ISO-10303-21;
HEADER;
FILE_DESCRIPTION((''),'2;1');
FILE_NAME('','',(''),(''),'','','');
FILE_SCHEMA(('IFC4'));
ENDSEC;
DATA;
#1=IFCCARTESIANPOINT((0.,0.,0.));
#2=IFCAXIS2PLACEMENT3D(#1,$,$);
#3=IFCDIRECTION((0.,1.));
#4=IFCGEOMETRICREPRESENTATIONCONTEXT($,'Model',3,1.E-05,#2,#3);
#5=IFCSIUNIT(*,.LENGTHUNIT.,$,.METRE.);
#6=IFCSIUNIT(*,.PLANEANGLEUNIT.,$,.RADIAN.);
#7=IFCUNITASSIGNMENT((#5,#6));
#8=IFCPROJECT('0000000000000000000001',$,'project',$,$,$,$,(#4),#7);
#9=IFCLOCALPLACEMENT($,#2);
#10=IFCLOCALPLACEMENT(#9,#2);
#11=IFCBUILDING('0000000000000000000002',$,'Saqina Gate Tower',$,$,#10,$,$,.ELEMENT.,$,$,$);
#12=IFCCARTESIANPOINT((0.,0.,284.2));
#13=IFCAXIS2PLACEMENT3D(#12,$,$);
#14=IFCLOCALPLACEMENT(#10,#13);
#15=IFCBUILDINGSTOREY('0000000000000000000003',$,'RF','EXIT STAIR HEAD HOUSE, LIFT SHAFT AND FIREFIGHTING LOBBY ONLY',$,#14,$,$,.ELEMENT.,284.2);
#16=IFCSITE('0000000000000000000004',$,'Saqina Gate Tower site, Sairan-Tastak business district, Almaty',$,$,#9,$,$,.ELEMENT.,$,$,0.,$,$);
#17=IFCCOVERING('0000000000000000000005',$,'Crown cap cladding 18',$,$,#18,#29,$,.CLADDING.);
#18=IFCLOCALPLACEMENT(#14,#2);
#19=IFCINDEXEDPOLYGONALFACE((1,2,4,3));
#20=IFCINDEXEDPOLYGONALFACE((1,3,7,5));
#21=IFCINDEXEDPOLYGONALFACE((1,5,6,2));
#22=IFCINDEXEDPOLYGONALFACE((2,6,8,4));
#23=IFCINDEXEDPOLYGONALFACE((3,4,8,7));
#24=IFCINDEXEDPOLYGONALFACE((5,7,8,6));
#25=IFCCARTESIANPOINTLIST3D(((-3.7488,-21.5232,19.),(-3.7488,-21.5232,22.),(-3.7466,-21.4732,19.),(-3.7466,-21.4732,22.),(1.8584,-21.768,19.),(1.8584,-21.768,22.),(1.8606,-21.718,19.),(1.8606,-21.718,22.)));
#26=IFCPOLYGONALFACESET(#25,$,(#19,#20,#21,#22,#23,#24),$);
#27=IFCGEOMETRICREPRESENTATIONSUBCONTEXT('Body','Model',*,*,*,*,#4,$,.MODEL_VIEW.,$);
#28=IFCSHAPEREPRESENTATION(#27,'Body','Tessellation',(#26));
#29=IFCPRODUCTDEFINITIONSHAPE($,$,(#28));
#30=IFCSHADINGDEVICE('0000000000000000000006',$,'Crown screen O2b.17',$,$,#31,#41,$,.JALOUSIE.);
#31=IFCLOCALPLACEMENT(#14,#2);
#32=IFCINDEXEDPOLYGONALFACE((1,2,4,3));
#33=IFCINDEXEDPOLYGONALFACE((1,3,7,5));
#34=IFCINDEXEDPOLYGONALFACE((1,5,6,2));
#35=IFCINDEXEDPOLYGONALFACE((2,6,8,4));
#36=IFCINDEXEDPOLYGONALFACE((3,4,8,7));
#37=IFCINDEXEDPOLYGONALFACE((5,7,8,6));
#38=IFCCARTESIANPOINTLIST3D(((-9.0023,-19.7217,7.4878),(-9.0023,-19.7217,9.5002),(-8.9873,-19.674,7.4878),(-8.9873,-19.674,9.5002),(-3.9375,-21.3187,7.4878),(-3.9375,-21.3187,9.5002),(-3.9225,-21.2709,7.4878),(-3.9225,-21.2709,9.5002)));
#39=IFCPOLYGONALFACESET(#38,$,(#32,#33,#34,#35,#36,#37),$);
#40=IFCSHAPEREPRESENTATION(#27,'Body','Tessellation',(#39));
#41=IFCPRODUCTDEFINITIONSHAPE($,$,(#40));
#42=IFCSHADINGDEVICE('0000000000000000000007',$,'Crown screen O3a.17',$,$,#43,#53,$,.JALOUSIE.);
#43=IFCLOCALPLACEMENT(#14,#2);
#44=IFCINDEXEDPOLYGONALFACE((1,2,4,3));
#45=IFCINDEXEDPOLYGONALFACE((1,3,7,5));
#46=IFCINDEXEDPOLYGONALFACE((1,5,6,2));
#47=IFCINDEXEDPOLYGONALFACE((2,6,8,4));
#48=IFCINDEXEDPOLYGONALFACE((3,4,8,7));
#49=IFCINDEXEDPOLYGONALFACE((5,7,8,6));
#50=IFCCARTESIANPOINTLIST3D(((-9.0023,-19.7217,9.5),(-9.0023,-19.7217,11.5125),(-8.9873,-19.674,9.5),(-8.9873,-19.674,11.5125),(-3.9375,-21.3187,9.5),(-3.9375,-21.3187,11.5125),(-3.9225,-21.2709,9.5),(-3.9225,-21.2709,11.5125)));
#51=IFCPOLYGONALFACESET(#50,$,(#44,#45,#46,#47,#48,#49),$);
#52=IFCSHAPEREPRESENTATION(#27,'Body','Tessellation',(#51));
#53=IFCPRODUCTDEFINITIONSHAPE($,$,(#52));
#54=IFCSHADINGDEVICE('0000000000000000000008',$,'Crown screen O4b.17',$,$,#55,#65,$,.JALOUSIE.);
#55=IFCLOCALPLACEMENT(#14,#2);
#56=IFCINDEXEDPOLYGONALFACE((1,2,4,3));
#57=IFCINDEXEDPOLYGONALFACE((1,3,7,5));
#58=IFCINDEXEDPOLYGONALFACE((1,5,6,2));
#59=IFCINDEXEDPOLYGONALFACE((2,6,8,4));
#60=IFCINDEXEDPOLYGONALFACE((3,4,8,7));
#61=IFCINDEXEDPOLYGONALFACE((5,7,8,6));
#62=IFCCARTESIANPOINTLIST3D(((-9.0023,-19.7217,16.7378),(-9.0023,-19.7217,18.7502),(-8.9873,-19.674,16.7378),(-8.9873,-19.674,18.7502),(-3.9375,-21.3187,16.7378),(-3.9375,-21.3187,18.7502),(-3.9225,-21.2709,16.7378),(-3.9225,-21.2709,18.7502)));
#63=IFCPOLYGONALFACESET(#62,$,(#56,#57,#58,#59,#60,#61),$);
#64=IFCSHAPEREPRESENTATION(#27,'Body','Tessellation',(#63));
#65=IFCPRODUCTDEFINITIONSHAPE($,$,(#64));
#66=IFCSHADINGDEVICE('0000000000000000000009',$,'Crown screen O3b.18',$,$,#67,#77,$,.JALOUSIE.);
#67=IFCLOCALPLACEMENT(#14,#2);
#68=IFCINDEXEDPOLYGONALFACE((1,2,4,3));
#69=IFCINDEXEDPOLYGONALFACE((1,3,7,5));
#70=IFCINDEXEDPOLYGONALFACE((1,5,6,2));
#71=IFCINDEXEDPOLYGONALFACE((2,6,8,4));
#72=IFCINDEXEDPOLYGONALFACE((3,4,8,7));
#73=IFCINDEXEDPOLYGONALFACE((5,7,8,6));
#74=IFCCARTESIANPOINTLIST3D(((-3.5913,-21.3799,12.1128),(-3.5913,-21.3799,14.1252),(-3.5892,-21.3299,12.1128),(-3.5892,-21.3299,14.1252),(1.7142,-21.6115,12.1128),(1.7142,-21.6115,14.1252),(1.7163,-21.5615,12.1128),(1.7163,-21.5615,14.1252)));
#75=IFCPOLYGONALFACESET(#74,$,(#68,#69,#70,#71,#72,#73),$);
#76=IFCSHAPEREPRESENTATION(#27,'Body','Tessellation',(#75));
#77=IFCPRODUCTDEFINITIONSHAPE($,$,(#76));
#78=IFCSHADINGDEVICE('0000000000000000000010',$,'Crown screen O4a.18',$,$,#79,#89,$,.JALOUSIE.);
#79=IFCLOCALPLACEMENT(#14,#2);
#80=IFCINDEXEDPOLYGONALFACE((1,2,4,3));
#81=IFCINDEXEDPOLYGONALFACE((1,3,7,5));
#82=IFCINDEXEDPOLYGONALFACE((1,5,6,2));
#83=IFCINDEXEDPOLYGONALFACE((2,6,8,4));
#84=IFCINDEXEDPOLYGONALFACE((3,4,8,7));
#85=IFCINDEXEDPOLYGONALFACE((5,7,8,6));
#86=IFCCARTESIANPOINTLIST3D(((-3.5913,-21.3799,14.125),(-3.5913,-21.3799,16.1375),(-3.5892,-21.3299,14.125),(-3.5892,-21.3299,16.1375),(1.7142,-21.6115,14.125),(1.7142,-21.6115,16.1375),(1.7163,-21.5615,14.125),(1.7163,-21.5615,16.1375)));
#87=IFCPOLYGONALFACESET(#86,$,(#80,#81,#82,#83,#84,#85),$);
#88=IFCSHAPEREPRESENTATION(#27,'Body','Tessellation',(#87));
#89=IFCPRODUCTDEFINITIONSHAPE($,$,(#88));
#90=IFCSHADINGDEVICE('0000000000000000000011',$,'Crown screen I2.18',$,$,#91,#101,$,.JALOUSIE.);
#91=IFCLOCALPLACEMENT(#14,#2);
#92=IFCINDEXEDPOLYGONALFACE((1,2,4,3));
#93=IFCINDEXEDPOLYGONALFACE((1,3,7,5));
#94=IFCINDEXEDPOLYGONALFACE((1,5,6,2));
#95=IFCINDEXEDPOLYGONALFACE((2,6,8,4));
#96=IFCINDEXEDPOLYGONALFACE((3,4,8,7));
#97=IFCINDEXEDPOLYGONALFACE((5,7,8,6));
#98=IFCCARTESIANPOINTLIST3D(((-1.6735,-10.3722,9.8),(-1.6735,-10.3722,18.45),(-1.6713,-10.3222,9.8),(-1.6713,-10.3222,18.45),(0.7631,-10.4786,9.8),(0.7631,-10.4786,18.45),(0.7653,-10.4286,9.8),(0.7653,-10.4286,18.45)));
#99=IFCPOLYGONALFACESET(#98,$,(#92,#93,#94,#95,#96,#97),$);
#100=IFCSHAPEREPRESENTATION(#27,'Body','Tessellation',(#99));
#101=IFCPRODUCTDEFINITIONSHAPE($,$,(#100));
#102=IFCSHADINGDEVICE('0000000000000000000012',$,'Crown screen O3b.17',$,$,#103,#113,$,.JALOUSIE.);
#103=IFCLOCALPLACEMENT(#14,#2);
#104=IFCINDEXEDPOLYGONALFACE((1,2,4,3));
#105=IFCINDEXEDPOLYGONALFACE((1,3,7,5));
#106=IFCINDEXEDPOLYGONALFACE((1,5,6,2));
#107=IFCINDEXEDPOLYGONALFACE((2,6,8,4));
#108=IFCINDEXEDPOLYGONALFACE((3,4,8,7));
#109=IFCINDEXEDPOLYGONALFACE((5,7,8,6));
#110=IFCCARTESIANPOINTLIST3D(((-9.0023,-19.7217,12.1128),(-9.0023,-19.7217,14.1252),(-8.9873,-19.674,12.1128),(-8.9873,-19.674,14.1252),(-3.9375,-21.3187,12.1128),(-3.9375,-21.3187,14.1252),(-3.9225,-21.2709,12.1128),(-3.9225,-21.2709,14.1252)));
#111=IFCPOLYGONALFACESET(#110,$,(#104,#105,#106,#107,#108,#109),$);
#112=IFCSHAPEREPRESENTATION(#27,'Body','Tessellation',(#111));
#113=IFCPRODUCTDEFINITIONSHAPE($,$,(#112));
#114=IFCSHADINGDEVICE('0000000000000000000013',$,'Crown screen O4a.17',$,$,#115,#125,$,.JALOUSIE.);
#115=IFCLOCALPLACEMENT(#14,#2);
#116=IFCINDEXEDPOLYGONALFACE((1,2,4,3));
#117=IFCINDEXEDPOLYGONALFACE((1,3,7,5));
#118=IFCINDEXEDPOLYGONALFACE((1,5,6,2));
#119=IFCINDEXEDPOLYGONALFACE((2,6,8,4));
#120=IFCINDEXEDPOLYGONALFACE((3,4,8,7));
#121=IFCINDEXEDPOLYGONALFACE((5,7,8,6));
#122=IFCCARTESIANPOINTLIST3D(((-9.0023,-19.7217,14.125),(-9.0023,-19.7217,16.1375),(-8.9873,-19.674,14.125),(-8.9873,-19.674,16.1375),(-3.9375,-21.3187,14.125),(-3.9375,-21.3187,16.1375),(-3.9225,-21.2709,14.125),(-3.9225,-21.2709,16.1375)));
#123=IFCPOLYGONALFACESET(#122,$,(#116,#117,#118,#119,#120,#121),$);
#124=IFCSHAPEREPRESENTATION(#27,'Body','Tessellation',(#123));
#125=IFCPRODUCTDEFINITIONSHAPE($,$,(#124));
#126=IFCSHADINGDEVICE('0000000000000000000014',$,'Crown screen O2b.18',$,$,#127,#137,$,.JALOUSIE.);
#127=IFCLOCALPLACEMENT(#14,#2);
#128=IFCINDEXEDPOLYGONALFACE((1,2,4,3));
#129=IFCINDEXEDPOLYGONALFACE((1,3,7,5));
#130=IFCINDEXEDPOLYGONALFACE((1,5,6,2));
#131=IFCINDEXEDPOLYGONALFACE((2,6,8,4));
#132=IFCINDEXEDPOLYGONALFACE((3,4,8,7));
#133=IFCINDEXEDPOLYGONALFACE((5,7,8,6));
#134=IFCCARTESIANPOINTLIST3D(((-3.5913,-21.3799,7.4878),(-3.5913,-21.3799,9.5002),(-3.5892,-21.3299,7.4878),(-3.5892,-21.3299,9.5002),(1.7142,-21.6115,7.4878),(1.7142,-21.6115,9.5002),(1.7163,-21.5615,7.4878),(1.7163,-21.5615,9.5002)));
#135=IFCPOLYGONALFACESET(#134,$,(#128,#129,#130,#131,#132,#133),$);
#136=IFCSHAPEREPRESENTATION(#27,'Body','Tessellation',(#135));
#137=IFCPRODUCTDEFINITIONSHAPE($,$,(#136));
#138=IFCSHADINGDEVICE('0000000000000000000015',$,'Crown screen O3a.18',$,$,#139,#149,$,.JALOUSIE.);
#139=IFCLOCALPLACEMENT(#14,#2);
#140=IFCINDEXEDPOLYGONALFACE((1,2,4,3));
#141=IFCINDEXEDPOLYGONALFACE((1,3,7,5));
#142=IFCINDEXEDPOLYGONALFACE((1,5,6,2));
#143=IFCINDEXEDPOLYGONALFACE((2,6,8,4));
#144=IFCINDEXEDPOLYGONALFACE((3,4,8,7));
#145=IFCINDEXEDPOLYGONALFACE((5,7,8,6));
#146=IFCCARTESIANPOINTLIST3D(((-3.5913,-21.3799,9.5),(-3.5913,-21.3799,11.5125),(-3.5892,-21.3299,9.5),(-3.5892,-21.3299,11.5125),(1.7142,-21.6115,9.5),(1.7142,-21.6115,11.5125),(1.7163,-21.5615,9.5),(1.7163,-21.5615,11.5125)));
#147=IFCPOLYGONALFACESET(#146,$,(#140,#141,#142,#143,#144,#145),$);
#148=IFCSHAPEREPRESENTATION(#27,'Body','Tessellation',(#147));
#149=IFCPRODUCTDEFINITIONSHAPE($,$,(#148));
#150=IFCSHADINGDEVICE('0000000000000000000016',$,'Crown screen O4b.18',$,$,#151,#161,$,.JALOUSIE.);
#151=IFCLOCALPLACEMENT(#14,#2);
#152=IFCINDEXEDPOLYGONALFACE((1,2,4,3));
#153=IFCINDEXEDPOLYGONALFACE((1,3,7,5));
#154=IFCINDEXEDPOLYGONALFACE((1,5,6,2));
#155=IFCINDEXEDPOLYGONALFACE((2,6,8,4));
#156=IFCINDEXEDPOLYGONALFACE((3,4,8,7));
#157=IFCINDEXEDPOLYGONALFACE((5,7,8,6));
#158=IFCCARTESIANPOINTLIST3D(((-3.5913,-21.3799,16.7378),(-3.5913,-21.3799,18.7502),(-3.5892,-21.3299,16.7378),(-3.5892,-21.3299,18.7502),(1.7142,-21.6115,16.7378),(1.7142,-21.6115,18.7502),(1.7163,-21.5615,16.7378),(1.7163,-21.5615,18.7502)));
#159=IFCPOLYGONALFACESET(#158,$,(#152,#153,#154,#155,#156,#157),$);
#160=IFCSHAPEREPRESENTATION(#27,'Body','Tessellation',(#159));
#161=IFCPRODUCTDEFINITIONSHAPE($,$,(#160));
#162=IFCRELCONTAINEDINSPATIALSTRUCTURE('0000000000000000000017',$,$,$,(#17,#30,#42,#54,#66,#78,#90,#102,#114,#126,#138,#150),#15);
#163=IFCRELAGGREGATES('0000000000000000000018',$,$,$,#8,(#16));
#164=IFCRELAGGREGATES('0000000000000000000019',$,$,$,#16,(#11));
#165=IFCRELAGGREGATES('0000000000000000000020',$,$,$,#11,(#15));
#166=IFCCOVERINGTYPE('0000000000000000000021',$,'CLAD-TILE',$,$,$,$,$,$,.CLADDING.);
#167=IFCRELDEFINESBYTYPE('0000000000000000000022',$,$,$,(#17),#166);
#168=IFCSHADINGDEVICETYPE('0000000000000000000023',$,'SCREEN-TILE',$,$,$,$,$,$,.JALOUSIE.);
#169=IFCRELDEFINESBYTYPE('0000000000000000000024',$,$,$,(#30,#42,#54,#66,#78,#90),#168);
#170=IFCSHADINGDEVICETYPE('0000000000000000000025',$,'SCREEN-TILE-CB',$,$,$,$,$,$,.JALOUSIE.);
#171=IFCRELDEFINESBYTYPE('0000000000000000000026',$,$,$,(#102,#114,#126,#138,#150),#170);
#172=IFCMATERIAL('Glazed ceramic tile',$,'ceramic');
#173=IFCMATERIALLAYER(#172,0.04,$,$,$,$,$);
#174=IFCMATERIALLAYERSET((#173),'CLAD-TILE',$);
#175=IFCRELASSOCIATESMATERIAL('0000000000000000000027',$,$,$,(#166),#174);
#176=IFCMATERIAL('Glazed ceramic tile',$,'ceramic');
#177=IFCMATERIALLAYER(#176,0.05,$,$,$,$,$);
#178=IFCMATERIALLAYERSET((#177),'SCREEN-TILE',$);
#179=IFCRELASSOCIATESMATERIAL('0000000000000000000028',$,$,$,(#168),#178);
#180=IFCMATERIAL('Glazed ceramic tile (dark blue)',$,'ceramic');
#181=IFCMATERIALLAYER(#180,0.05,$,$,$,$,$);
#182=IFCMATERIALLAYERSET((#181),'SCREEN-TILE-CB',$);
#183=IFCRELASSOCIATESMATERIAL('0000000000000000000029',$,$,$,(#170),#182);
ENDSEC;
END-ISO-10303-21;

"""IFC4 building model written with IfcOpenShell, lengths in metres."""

from ifc_helpers import new_model, si_unit, direction, frame, origin, origin_2d, place, context, subcontext, project, spatial, rectangle, extrude, material, layer, layer_set, type_object, element, save


model = new_model("IFC4")

# Units and contexts
model_context = context("Model", 3, precision=1e-05, world=origin(), true_north=direction((0.0, 1.0)))
body_context = subcontext(model_context, "Body", "Model", "MODEL_VIEW")
ifc_project = project(units=[si_unit("LENGTHUNIT", "METRE"), si_unit("PLANEANGLEUNIT", "RADIAN")], contexts=[model_context])

# Site, building, storey
site_placement = place(None, origin())
site = spatial("IfcSite", under=ifc_project, at=site_placement, Name="Saqina Gate Tower site, Sairan-Tastak business district, Almaty", CompositionType="ELEMENT", RefElevation=0.0)
building_placement = place(site_placement, origin())
building = spatial("IfcBuilding", under=site, at=building_placement, Name="Saqina Gate Tower", CompositionType="ELEMENT")
storey_placement = place(building_placement, frame((0.0, 0.0, 284.2)))
storey = spatial("IfcBuildingStorey", under=building, at=storey_placement, Name="RF", Description="EXIT STAIR HEAD HOUSE, LIFT SHAFT AND FIREFIGHTING LOBBY ONLY", CompositionType="ELEMENT", Elevation=284.2)

# Covering
ifc_material_1 = material(Name="Glazed ceramic tile", Category="ceramic")
ifc_layer_1 = layer(ifc_material_1, 0.04)
ifc_layer_set_1 = layer_set([ifc_layer_1], Name="CLAD-TILE")
covering_type = type_object("IfcCoveringType", Name="CLAD-TILE", PredefinedType="CLADDING", material=ifc_layer_set_1)
for number, where, z_axis, x_axis, name in (
    (1, (-0.9441, -21.6206, 19.0), (0.0, 0.0, 1.0), (0.999048, -0.043619, 0.0), "Crown cap cladding 18"),
):
    element("IfcCovering", number, at=place(storey_placement, frame(where, z_axis=z_axis, x_axis=x_axis)), inside=storey, type_object=covering_type, Name=name, PredefinedType="CLADDING", context=body_context, shape_type="SweptSolid", body=[
        extrude(rectangle(XDim=5.6125, YDim=0.05, at=origin_2d()), origin(), (0.0, 0.0, 1.0), 3.0),
    ])

# Shading devices
ifc_material_2 = material(Name="Glazed ceramic tile", Category="ceramic")
ifc_layer_2 = layer(ifc_material_2, 0.05)
ifc_layer_set_2 = layer_set([ifc_layer_2], Name="SCREEN-TILE")
shading_device_type_1 = type_object("IfcShadingDeviceType", Name="SCREEN-TILE", PredefinedType="JALOUSIE", material=ifc_layer_set_2)
for number, where, z_axis, x_axis, name in (
    (2, (-6.4624, -20.4963, 7.4878), (0.0, 0.0, 1.0), (0.953717, -0.300706, 0.0), "Crown screen O2b.17"),
    (3, (-6.4624, -20.4963, 9.5), (0.0, 0.0, 1.0), (0.953717, -0.300706, 0.0), "Crown screen O3a.17"),
    (4, (-6.4624, -20.4963, 16.7378), (0.0, 0.0, 1.0), (0.953717, -0.300706, 0.0), "Crown screen O4b.17"),
    (5, (-0.9375, -21.4707, 12.1128), (0.0, 0.0, 1.0), (0.999048, -0.043619, 0.0), "Crown screen O3b.18"),
    (6, (-0.9375, -21.4707, 14.125), (0.0, 0.0, 1.0), (0.999048, -0.043619, 0.0), "Crown screen O4a.18"),
):
    element("IfcShadingDevice", number, at=place(storey_placement, frame(where, z_axis=z_axis, x_axis=x_axis)), inside=storey, type_object=shading_device_type_1, Name=name, PredefinedType="JALOUSIE", context=body_context, shape_type="SweptSolid", body=[
        extrude(rectangle(XDim=5.3105, YDim=0.05, at=origin_2d()), origin(), (0.0, 0.0, 1.0), 2.0125),
    ])
shading_device_placement = place(storey_placement, frame((-0.4541, -10.4004, 9.8), z_axis=(0.0, 0.0, 1.0), x_axis=(0.999048, -0.043619, 0.0)))
element("IfcShadingDevice", 7, at=shading_device_placement, inside=storey, type_object=shading_device_type_1, Name="Crown screen I2.18", PredefinedType="JALOUSIE", context=body_context, shape_type="SweptSolid", body=[
    extrude(rectangle(XDim=2.439, YDim=0.05, at=origin_2d()), origin(), (0.0, 0.0, 1.0), 8.6499),
])
ifc_material_3 = material(Name="Glazed ceramic tile (dark blue)", Category="ceramic")
ifc_layer_3 = layer(ifc_material_3, 0.05)
ifc_layer_set_3 = layer_set([ifc_layer_3], Name="SCREEN-TILE-CB")
shading_device_type_2 = type_object("IfcShadingDeviceType", Name="SCREEN-TILE-CB", PredefinedType="JALOUSIE", material=ifc_layer_set_3)
for number, where, z_axis, x_axis, name in (
    (8, (-6.4624, -20.4963, 12.1128), (0.0, 0.0, 1.0), (0.953717, -0.300706, 0.0), "Crown screen O3b.17"),
    (9, (-6.4624, -20.4963, 14.125), (0.0, 0.0, 1.0), (0.953717, -0.300706, 0.0), "Crown screen O4a.17"),
    (10, (-0.9375, -21.4707, 7.4878), (0.0, 0.0, 1.0), (0.999048, -0.043619, 0.0), "Crown screen O2b.18"),
    (11, (-0.9375, -21.4707, 9.5), (0.0, 0.0, 1.0), (0.999048, -0.043619, 0.0), "Crown screen O3a.18"),
    (12, (-0.9375, -21.4707, 16.7378), (0.0, 0.0, 1.0), (0.999048, -0.043619, 0.0), "Crown screen O4b.18"),
):
    element("IfcShadingDevice", number, at=place(storey_placement, frame(where, z_axis=z_axis, x_axis=x_axis)), inside=storey, type_object=shading_device_type_2, Name=name, PredefinedType="JALOUSIE", context=body_context, shape_type="SweptSolid", body=[
        extrude(rectangle(XDim=5.3105, YDim=0.05, at=origin_2d()), origin(), (0.0, 0.0, 1.0), 2.0125),
    ])

save(model, "model.ifc")
